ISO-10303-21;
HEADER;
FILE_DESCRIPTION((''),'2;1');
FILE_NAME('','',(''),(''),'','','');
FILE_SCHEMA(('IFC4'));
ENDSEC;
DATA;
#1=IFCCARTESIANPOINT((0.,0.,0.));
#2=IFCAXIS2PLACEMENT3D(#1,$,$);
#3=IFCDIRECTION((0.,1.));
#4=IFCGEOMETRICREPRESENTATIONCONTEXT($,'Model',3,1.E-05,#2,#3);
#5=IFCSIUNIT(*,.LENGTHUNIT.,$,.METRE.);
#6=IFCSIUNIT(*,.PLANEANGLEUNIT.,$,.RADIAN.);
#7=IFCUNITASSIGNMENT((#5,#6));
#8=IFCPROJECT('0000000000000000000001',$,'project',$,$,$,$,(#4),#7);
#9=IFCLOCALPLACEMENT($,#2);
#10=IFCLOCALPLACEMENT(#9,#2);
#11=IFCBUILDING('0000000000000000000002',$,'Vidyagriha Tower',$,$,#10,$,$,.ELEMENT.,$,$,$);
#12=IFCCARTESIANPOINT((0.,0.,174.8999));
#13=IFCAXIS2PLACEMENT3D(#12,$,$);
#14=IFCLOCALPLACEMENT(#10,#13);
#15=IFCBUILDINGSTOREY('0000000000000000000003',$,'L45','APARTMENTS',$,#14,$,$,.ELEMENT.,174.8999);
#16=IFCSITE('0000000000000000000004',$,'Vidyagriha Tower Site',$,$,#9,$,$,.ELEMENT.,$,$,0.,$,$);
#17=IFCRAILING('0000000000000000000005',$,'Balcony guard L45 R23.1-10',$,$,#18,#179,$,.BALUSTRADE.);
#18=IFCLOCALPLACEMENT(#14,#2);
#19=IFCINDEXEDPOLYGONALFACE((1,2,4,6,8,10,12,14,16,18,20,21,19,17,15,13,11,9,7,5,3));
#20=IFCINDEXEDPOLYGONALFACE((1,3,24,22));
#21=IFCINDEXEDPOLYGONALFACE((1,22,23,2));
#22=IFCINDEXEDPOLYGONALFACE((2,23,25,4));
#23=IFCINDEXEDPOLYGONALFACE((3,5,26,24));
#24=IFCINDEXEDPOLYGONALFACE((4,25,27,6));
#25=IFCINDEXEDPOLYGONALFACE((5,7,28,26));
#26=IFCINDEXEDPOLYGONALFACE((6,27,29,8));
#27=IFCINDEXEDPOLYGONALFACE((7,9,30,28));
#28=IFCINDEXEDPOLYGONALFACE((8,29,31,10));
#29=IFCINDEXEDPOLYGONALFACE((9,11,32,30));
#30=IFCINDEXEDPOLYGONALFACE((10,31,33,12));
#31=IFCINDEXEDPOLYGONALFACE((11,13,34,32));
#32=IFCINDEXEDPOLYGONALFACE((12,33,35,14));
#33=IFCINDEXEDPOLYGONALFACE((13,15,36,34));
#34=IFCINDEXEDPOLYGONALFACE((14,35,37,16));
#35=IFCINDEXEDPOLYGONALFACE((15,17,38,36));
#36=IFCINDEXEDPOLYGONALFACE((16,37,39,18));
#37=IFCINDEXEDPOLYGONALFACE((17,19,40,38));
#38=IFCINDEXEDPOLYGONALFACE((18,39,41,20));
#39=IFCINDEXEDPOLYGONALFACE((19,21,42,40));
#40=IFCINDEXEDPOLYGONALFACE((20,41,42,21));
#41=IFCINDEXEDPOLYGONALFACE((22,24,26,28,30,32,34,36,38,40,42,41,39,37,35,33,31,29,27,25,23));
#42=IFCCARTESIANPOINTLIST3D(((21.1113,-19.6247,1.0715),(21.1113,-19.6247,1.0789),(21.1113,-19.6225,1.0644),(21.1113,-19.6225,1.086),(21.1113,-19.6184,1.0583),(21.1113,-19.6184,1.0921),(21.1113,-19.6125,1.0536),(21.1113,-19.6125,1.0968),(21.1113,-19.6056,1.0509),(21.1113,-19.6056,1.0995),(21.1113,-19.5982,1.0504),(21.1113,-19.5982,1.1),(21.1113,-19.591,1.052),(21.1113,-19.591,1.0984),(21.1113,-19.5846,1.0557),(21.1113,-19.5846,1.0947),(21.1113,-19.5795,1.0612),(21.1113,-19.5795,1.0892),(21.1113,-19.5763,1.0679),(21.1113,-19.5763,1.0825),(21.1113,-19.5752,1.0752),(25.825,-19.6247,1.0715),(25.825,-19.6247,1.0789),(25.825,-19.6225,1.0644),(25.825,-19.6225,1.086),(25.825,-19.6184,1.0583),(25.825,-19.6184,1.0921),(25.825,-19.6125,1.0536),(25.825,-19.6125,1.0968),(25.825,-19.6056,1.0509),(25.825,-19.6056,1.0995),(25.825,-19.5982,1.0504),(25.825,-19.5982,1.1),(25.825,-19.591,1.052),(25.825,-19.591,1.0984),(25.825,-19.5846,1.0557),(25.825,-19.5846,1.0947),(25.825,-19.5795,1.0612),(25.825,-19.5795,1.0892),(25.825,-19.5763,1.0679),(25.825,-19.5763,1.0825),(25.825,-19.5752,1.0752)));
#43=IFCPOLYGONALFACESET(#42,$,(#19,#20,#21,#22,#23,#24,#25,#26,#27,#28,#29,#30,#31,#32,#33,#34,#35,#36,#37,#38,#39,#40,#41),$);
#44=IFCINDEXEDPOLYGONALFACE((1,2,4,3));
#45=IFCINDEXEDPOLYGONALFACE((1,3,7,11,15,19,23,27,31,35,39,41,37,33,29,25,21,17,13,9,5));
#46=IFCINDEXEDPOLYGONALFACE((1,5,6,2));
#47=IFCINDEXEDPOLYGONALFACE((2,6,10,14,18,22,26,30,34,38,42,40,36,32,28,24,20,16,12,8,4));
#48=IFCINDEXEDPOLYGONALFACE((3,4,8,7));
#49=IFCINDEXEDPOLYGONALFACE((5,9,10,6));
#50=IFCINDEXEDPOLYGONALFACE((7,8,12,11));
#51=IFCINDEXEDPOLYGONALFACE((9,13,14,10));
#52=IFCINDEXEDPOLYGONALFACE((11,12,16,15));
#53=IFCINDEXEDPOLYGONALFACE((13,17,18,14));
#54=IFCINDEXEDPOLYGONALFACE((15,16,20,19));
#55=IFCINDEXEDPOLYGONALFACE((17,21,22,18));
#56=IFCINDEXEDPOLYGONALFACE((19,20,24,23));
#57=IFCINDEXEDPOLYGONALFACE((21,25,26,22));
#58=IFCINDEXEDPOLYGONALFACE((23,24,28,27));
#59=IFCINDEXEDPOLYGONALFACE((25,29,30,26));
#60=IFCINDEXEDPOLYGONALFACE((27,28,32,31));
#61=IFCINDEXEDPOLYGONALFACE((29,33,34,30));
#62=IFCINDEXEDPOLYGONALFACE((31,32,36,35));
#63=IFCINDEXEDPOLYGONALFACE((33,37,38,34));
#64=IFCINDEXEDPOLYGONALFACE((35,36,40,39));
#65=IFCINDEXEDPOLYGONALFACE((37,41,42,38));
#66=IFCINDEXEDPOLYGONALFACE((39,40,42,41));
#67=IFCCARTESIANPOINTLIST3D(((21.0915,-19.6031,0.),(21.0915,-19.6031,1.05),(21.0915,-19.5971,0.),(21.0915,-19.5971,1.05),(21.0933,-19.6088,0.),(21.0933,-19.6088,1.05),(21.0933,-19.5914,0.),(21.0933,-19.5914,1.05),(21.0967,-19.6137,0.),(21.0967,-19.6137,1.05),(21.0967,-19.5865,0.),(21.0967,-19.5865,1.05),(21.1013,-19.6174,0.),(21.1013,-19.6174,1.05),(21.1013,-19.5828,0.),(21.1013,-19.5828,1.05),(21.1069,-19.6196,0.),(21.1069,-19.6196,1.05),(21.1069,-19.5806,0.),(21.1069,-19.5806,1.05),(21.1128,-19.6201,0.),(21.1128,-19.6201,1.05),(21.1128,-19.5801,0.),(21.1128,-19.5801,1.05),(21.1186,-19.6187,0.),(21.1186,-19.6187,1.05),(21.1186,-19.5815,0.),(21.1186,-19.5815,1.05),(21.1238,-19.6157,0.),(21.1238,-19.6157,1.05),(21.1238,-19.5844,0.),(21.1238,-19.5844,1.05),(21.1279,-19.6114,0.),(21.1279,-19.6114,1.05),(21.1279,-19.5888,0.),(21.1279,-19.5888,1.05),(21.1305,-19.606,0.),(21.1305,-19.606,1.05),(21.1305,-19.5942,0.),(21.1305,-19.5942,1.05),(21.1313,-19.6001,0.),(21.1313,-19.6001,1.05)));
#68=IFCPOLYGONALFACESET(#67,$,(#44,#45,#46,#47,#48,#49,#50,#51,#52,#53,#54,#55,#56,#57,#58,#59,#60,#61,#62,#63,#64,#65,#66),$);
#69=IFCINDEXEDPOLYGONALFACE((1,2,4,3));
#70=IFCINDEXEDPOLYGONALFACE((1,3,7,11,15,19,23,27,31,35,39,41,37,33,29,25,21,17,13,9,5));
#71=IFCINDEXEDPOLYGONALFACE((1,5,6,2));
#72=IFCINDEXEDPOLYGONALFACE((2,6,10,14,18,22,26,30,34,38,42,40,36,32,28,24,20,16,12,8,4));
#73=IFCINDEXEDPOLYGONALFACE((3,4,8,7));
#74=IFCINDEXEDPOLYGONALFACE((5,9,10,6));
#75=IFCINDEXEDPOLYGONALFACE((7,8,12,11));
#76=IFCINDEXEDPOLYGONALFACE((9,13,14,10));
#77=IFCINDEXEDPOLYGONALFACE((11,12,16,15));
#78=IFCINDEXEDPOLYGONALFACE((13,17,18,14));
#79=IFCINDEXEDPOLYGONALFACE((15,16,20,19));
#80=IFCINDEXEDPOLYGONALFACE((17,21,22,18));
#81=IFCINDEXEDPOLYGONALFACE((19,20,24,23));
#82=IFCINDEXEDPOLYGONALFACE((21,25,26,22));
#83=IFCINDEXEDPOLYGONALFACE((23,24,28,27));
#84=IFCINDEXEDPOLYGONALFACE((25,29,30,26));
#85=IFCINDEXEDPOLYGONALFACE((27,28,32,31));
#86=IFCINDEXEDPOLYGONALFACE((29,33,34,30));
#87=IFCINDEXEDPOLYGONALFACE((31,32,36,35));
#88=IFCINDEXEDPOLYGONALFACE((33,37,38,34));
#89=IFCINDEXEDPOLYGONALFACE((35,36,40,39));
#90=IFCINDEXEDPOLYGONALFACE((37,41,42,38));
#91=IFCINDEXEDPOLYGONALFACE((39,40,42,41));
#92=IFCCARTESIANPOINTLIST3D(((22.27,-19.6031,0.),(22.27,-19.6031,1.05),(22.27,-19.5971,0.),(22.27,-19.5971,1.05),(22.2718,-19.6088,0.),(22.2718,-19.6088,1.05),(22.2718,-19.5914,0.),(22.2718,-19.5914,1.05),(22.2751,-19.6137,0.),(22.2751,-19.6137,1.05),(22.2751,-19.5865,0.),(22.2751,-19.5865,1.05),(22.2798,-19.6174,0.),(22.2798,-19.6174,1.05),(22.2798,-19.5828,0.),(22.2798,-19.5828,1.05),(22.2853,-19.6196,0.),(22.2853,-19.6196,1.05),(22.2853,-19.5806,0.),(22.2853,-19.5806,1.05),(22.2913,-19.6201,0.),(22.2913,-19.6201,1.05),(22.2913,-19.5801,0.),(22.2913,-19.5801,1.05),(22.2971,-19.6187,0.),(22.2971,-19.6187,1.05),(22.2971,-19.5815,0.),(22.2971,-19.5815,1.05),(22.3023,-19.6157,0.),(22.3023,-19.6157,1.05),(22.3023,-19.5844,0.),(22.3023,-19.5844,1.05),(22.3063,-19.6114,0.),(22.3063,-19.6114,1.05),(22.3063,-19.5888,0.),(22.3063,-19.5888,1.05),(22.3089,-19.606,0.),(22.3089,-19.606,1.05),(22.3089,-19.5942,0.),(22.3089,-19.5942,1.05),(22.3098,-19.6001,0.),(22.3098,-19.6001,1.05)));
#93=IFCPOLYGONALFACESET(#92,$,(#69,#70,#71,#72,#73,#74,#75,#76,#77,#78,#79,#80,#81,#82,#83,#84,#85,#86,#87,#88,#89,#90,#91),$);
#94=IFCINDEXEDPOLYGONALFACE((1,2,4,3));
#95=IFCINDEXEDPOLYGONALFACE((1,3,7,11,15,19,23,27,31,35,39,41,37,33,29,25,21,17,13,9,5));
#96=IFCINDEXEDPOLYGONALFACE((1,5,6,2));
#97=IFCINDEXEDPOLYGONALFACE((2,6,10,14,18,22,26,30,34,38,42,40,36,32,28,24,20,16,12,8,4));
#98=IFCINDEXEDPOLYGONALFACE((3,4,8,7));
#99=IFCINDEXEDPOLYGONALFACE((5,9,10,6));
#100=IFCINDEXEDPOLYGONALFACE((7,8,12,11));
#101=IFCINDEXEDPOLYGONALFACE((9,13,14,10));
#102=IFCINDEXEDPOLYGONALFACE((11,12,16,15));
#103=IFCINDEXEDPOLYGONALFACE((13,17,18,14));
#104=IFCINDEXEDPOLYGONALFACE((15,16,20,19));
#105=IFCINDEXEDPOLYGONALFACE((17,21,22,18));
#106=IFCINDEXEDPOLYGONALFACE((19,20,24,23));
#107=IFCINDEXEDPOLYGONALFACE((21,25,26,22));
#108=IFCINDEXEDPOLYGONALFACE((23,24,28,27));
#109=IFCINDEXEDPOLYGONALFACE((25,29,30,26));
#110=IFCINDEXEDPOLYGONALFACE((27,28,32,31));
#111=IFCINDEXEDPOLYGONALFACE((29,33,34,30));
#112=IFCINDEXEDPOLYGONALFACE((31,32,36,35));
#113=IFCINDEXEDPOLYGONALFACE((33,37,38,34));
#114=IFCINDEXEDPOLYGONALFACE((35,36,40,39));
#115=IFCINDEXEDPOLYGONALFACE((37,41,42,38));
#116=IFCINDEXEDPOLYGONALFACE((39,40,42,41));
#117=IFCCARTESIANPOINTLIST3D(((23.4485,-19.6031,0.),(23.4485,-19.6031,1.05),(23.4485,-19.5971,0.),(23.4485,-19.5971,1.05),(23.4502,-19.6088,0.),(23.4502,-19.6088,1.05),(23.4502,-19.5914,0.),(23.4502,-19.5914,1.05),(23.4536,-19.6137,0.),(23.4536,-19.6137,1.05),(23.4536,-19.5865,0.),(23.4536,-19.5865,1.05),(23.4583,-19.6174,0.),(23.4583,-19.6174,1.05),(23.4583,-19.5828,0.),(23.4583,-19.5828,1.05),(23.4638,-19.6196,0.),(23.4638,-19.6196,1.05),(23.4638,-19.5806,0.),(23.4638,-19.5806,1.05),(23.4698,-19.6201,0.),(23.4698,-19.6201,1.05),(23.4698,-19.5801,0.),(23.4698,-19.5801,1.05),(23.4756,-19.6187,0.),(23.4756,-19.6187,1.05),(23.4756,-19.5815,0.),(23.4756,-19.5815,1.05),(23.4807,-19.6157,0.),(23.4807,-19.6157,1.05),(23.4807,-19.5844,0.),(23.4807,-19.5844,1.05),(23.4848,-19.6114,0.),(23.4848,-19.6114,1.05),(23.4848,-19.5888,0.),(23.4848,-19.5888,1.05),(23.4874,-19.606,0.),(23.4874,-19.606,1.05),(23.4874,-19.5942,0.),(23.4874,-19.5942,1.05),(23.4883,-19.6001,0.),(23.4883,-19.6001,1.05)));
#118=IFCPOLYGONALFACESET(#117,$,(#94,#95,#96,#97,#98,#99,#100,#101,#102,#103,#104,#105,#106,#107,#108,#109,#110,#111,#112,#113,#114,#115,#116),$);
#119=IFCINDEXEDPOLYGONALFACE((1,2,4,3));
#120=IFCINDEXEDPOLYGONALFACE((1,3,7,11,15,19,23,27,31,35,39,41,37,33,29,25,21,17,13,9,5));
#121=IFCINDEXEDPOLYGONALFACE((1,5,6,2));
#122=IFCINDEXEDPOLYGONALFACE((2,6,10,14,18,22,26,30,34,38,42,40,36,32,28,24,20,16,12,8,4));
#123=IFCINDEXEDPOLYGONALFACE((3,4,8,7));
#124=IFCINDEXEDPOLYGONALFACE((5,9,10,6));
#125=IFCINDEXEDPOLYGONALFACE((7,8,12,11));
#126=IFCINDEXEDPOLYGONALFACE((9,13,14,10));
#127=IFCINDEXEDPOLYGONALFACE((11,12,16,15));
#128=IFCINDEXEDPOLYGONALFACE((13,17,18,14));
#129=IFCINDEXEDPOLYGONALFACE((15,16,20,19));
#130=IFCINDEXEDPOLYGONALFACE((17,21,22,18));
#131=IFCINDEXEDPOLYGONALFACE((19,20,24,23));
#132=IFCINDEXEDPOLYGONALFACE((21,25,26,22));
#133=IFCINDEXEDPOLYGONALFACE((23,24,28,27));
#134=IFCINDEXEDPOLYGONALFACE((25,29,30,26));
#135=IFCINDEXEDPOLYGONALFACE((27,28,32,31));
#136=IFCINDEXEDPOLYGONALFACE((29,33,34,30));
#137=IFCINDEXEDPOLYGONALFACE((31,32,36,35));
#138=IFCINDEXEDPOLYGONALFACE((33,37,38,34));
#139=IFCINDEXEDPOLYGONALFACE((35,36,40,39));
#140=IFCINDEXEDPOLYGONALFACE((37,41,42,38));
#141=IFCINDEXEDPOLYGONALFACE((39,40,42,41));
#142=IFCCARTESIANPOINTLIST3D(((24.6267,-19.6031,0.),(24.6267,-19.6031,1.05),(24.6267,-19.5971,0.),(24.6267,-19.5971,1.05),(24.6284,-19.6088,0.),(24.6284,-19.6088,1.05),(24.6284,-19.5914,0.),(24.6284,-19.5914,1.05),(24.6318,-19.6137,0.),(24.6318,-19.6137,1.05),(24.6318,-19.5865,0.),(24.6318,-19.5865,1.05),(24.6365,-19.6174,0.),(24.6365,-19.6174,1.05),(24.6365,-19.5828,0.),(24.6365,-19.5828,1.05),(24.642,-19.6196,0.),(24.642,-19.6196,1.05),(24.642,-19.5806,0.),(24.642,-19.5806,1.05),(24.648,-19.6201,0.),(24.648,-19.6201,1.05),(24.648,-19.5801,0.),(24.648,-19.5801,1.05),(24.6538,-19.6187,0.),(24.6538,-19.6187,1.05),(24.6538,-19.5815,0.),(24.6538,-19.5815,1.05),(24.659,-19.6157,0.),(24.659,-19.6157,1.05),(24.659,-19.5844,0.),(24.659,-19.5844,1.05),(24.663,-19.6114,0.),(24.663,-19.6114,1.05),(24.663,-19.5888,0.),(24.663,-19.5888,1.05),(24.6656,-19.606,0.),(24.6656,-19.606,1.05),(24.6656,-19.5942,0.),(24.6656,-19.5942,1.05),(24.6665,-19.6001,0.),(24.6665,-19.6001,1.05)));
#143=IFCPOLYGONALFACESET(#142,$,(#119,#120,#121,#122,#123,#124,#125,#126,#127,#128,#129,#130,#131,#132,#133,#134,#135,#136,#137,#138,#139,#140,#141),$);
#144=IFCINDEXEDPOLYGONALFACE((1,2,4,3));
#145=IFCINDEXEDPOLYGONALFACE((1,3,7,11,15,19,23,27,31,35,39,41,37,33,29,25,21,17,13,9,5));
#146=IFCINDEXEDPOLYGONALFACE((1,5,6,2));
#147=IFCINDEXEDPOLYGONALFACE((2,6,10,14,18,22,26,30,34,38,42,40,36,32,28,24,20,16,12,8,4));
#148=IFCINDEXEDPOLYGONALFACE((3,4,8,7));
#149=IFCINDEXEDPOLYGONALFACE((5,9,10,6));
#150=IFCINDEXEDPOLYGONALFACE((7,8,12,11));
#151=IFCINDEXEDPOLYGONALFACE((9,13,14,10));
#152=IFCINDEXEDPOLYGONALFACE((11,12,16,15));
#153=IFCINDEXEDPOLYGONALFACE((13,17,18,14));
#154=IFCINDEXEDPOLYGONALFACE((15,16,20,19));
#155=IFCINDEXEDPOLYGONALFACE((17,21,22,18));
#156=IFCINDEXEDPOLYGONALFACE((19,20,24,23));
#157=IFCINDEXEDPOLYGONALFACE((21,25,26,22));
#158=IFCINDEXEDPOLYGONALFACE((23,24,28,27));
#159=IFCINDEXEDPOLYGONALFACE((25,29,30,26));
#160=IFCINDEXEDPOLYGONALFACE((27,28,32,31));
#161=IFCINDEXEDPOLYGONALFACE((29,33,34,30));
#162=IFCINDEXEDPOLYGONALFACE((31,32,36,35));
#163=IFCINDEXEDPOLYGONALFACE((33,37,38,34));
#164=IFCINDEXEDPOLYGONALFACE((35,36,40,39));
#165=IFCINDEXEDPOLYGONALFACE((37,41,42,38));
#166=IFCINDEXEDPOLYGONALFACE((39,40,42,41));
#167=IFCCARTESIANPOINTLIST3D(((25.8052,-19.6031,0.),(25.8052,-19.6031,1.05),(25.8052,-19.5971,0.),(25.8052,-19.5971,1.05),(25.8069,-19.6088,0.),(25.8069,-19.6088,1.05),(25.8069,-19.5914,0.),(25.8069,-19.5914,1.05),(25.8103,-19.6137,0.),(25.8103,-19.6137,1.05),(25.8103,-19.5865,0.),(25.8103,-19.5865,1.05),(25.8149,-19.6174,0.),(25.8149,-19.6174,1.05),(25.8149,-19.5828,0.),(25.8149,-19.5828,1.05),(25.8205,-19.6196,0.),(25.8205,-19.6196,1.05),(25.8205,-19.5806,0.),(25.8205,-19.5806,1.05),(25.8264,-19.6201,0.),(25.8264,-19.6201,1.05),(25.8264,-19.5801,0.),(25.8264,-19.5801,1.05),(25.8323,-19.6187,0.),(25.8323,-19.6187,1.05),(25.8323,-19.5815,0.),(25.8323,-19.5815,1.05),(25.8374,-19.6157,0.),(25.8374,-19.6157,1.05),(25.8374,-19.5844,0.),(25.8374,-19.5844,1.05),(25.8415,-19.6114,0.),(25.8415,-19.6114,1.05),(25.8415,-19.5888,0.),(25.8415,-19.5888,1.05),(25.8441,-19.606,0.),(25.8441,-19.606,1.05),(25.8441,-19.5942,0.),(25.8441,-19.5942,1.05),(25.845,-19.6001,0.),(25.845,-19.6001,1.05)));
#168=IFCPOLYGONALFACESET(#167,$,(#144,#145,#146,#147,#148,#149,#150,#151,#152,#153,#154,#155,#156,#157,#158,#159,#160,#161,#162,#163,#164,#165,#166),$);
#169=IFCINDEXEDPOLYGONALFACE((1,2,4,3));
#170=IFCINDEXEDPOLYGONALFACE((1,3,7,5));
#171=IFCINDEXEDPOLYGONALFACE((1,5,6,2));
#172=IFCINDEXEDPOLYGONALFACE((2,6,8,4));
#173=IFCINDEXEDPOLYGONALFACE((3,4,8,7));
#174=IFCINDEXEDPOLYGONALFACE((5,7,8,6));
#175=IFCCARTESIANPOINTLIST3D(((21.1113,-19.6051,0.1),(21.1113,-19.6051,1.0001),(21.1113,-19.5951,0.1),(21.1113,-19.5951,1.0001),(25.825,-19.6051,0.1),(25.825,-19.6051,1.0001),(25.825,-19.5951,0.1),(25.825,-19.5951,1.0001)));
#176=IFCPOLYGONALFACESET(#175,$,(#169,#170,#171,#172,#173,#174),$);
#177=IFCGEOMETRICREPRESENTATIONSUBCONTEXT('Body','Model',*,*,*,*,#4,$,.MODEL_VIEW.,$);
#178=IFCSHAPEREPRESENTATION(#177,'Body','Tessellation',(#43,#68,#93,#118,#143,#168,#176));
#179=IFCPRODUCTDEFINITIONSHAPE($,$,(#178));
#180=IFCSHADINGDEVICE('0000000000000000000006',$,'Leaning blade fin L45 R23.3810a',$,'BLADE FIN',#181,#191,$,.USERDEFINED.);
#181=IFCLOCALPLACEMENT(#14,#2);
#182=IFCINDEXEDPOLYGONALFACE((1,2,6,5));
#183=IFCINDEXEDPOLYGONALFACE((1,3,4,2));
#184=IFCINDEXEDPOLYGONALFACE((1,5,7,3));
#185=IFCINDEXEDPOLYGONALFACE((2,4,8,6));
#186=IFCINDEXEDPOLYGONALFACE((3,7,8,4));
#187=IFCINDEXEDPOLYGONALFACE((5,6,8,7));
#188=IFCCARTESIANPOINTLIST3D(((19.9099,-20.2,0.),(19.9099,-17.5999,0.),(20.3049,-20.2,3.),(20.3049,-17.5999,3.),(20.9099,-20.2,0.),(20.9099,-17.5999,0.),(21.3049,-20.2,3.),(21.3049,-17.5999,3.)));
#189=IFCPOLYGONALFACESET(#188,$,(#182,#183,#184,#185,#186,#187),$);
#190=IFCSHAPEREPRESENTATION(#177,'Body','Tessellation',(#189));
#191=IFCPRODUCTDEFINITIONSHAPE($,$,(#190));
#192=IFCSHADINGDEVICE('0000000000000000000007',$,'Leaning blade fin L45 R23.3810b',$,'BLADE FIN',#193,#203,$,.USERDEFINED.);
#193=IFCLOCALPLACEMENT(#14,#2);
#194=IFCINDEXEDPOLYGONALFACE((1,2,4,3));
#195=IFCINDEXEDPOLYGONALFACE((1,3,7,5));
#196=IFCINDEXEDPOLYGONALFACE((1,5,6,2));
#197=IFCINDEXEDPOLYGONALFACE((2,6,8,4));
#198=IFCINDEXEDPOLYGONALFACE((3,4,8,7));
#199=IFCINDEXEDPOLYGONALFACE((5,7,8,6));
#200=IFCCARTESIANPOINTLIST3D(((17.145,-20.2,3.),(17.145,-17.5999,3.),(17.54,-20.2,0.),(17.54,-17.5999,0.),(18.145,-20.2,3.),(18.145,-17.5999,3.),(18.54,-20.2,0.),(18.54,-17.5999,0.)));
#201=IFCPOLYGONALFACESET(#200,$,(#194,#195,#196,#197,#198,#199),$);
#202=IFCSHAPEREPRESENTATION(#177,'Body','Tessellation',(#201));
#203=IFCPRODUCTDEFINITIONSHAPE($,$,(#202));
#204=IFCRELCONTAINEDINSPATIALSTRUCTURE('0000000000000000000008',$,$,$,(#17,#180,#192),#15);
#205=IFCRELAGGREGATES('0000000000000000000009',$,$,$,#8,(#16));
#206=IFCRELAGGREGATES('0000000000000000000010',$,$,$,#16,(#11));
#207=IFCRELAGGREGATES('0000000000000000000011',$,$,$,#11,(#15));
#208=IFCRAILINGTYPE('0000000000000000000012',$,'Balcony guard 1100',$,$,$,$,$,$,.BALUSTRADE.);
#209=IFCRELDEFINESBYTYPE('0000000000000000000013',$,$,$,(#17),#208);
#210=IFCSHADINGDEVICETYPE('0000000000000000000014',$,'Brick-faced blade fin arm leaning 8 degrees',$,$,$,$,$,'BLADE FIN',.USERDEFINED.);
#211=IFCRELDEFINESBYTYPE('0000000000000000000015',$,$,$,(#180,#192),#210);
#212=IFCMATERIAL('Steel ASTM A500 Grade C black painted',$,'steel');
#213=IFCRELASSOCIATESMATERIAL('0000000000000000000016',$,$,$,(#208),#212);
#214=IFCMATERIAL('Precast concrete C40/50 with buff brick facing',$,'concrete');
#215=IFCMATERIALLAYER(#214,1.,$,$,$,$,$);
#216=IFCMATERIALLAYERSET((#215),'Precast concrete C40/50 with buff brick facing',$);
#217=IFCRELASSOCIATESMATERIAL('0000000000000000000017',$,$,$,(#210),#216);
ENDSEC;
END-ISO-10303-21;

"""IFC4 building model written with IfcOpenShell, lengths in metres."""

from ifc_helpers import new_model, si_unit, direction, frame, origin, origin_2d, place, context, subcontext, project, spatial, polyline, rectangle, circle, outline, extrude, material, layer, layer_set, type_object, element, save


model = new_model("IFC4")

# Units and contexts
model_context = context("Model", 3, precision=1e-05, world=origin(), true_north=direction((0.0, 1.0)))
body_context = subcontext(model_context, "Body", "Model", "MODEL_VIEW")
ifc_project = project(units=[si_unit("LENGTHUNIT", "METRE"), si_unit("PLANEANGLEUNIT", "RADIAN")], contexts=[model_context])

# Site, building, storey
site_placement = place(None, origin())
site = spatial("IfcSite", under=ifc_project, at=site_placement, Name="Vidyagriha Tower Site", CompositionType="ELEMENT", RefElevation=0.0)
building_placement = place(site_placement, origin())
building = spatial("IfcBuilding", under=site, at=building_placement, Name="Vidyagriha Tower", CompositionType="ELEMENT")
storey_placement = place(building_placement, frame((0.0, 0.0, 174.8999)))
storey = spatial("IfcBuildingStorey", under=building, at=storey_placement, Name="L45", Description="APARTMENTS", CompositionType="ELEMENT", Elevation=174.8999)

# Railing
ifc_material_1 = material(Name="Steel ASTM A500 Grade C black painted", Category="steel")
railing_type = type_object("IfcRailingType", Name="Balcony guard 1100", PredefinedType="BALUSTRADE", material=ifc_material_1)
railing_1_placement = place(storey_placement, frame((21.1113, -19.6001, 0.0)))
element("IfcRailing", 1, at=railing_1_placement, inside=storey, type_object=railing_type, Name="Balcony guard L45 R23.1-10", PredefinedType="BALUSTRADE", context=body_context, shape_type="SweptSolid", body=[
    extrude(circle(Radius=0.0249, at=origin_2d()), frame((0.0, 0.0, 1.0752), z_axis=(1.0, 0.0, 0.0), x_axis=(0.0, 1.0, 0.0)), (0.0, 0.0, 1.0), 4.7136),
    extrude(circle(Radius=0.02, at=origin_2d()), origin(), (0.0, 0.0, 1.0), 1.05),
    extrude(circle(Radius=0.02, at=origin_2d()), frame((1.1785, 0.0, 0.0)), (0.0, 0.0, 1.0), 1.05),
    extrude(circle(Radius=0.02, at=origin_2d()), frame((2.3569, 0.0, 0.0)), (0.0, 0.0, 1.0), 1.05),
    extrude(circle(Radius=0.02, at=origin_2d()), frame((3.5352, 0.0, 0.0)), (0.0, 0.0, 1.0), 1.05),
    extrude(circle(Radius=0.02, at=origin_2d()), frame((4.7136, 0.0, 0.0)), (0.0, 0.0, 1.0), 1.05),
    extrude(rectangle(XDim=0.01, YDim=0.9001, at=origin_2d()), frame((0.0, 0.0, 0.55), z_axis=(1.0, 0.0, 0.0), x_axis=(0.0, 1.0, 0.0)), (0.0, 0.0, 1.0), 4.7136),
])

# Shading devices
ifc_material_2 = material(Name="Precast concrete C40/50 with buff brick facing", Category="concrete")
ifc_layer_1 = layer(ifc_material_2, 1.0)
ifc_layer_set_1 = layer_set([ifc_layer_1], Name="Precast concrete C40/50 with buff brick facing")
shading_device_type_1 = type_object("IfcShadingDeviceType", Name="Brick-faced blade fin arm leaning 8 degrees", ElementType="BLADE FIN", PredefinedType="USERDEFINED", material=ifc_layer_set_1)
shading_device_1_placement = place(storey_placement, frame((19.9099, -18.8999, 0.0)))
element("IfcShadingDevice", 2, at=shading_device_1_placement, inside=storey, type_object=shading_device_type_1, Name="Leaning blade fin L45 R23.3810a", ObjectType="BLADE FIN", PredefinedType="USERDEFINED", context=body_context, shape_type="SweptSolid", body=[
    extrude(outline(polyline([(0.0, 0.0), (1.0, 0.0), (1.395, 3.0), (0.395, 3.0), (0.0, 0.0)])), frame((0.0, 1.3, 0.0), z_axis=(0.0, -1.0, 0.0), x_axis=(1.0, 0.0, 0.0)), (0.0, 0.0, 1.0), 2.6001),
])
shading_device_2_placement = place(storey_placement, frame((17.145, -18.8999, 0.0)))
element("IfcShadingDevice", 3, at=shading_device_2_placement, inside=storey, type_object=shading_device_type_1, Name="Leaning blade fin L45 R23.3810b", ObjectType="BLADE FIN", PredefinedType="USERDEFINED", context=body_context, shape_type="SweptSolid", body=[
    extrude(outline(polyline([(0.395, 0.0), (1.395, 0.0), (1.0, 3.0), (0.0, 3.0), (0.395, 0.0)])), frame((0.0, 1.3, 0.0), z_axis=(0.0, -1.0, 0.0), x_axis=(1.0, 0.0, 0.0)), (0.0, 0.0, 1.0), 2.6001),
])

save(model, "model.ifc")
